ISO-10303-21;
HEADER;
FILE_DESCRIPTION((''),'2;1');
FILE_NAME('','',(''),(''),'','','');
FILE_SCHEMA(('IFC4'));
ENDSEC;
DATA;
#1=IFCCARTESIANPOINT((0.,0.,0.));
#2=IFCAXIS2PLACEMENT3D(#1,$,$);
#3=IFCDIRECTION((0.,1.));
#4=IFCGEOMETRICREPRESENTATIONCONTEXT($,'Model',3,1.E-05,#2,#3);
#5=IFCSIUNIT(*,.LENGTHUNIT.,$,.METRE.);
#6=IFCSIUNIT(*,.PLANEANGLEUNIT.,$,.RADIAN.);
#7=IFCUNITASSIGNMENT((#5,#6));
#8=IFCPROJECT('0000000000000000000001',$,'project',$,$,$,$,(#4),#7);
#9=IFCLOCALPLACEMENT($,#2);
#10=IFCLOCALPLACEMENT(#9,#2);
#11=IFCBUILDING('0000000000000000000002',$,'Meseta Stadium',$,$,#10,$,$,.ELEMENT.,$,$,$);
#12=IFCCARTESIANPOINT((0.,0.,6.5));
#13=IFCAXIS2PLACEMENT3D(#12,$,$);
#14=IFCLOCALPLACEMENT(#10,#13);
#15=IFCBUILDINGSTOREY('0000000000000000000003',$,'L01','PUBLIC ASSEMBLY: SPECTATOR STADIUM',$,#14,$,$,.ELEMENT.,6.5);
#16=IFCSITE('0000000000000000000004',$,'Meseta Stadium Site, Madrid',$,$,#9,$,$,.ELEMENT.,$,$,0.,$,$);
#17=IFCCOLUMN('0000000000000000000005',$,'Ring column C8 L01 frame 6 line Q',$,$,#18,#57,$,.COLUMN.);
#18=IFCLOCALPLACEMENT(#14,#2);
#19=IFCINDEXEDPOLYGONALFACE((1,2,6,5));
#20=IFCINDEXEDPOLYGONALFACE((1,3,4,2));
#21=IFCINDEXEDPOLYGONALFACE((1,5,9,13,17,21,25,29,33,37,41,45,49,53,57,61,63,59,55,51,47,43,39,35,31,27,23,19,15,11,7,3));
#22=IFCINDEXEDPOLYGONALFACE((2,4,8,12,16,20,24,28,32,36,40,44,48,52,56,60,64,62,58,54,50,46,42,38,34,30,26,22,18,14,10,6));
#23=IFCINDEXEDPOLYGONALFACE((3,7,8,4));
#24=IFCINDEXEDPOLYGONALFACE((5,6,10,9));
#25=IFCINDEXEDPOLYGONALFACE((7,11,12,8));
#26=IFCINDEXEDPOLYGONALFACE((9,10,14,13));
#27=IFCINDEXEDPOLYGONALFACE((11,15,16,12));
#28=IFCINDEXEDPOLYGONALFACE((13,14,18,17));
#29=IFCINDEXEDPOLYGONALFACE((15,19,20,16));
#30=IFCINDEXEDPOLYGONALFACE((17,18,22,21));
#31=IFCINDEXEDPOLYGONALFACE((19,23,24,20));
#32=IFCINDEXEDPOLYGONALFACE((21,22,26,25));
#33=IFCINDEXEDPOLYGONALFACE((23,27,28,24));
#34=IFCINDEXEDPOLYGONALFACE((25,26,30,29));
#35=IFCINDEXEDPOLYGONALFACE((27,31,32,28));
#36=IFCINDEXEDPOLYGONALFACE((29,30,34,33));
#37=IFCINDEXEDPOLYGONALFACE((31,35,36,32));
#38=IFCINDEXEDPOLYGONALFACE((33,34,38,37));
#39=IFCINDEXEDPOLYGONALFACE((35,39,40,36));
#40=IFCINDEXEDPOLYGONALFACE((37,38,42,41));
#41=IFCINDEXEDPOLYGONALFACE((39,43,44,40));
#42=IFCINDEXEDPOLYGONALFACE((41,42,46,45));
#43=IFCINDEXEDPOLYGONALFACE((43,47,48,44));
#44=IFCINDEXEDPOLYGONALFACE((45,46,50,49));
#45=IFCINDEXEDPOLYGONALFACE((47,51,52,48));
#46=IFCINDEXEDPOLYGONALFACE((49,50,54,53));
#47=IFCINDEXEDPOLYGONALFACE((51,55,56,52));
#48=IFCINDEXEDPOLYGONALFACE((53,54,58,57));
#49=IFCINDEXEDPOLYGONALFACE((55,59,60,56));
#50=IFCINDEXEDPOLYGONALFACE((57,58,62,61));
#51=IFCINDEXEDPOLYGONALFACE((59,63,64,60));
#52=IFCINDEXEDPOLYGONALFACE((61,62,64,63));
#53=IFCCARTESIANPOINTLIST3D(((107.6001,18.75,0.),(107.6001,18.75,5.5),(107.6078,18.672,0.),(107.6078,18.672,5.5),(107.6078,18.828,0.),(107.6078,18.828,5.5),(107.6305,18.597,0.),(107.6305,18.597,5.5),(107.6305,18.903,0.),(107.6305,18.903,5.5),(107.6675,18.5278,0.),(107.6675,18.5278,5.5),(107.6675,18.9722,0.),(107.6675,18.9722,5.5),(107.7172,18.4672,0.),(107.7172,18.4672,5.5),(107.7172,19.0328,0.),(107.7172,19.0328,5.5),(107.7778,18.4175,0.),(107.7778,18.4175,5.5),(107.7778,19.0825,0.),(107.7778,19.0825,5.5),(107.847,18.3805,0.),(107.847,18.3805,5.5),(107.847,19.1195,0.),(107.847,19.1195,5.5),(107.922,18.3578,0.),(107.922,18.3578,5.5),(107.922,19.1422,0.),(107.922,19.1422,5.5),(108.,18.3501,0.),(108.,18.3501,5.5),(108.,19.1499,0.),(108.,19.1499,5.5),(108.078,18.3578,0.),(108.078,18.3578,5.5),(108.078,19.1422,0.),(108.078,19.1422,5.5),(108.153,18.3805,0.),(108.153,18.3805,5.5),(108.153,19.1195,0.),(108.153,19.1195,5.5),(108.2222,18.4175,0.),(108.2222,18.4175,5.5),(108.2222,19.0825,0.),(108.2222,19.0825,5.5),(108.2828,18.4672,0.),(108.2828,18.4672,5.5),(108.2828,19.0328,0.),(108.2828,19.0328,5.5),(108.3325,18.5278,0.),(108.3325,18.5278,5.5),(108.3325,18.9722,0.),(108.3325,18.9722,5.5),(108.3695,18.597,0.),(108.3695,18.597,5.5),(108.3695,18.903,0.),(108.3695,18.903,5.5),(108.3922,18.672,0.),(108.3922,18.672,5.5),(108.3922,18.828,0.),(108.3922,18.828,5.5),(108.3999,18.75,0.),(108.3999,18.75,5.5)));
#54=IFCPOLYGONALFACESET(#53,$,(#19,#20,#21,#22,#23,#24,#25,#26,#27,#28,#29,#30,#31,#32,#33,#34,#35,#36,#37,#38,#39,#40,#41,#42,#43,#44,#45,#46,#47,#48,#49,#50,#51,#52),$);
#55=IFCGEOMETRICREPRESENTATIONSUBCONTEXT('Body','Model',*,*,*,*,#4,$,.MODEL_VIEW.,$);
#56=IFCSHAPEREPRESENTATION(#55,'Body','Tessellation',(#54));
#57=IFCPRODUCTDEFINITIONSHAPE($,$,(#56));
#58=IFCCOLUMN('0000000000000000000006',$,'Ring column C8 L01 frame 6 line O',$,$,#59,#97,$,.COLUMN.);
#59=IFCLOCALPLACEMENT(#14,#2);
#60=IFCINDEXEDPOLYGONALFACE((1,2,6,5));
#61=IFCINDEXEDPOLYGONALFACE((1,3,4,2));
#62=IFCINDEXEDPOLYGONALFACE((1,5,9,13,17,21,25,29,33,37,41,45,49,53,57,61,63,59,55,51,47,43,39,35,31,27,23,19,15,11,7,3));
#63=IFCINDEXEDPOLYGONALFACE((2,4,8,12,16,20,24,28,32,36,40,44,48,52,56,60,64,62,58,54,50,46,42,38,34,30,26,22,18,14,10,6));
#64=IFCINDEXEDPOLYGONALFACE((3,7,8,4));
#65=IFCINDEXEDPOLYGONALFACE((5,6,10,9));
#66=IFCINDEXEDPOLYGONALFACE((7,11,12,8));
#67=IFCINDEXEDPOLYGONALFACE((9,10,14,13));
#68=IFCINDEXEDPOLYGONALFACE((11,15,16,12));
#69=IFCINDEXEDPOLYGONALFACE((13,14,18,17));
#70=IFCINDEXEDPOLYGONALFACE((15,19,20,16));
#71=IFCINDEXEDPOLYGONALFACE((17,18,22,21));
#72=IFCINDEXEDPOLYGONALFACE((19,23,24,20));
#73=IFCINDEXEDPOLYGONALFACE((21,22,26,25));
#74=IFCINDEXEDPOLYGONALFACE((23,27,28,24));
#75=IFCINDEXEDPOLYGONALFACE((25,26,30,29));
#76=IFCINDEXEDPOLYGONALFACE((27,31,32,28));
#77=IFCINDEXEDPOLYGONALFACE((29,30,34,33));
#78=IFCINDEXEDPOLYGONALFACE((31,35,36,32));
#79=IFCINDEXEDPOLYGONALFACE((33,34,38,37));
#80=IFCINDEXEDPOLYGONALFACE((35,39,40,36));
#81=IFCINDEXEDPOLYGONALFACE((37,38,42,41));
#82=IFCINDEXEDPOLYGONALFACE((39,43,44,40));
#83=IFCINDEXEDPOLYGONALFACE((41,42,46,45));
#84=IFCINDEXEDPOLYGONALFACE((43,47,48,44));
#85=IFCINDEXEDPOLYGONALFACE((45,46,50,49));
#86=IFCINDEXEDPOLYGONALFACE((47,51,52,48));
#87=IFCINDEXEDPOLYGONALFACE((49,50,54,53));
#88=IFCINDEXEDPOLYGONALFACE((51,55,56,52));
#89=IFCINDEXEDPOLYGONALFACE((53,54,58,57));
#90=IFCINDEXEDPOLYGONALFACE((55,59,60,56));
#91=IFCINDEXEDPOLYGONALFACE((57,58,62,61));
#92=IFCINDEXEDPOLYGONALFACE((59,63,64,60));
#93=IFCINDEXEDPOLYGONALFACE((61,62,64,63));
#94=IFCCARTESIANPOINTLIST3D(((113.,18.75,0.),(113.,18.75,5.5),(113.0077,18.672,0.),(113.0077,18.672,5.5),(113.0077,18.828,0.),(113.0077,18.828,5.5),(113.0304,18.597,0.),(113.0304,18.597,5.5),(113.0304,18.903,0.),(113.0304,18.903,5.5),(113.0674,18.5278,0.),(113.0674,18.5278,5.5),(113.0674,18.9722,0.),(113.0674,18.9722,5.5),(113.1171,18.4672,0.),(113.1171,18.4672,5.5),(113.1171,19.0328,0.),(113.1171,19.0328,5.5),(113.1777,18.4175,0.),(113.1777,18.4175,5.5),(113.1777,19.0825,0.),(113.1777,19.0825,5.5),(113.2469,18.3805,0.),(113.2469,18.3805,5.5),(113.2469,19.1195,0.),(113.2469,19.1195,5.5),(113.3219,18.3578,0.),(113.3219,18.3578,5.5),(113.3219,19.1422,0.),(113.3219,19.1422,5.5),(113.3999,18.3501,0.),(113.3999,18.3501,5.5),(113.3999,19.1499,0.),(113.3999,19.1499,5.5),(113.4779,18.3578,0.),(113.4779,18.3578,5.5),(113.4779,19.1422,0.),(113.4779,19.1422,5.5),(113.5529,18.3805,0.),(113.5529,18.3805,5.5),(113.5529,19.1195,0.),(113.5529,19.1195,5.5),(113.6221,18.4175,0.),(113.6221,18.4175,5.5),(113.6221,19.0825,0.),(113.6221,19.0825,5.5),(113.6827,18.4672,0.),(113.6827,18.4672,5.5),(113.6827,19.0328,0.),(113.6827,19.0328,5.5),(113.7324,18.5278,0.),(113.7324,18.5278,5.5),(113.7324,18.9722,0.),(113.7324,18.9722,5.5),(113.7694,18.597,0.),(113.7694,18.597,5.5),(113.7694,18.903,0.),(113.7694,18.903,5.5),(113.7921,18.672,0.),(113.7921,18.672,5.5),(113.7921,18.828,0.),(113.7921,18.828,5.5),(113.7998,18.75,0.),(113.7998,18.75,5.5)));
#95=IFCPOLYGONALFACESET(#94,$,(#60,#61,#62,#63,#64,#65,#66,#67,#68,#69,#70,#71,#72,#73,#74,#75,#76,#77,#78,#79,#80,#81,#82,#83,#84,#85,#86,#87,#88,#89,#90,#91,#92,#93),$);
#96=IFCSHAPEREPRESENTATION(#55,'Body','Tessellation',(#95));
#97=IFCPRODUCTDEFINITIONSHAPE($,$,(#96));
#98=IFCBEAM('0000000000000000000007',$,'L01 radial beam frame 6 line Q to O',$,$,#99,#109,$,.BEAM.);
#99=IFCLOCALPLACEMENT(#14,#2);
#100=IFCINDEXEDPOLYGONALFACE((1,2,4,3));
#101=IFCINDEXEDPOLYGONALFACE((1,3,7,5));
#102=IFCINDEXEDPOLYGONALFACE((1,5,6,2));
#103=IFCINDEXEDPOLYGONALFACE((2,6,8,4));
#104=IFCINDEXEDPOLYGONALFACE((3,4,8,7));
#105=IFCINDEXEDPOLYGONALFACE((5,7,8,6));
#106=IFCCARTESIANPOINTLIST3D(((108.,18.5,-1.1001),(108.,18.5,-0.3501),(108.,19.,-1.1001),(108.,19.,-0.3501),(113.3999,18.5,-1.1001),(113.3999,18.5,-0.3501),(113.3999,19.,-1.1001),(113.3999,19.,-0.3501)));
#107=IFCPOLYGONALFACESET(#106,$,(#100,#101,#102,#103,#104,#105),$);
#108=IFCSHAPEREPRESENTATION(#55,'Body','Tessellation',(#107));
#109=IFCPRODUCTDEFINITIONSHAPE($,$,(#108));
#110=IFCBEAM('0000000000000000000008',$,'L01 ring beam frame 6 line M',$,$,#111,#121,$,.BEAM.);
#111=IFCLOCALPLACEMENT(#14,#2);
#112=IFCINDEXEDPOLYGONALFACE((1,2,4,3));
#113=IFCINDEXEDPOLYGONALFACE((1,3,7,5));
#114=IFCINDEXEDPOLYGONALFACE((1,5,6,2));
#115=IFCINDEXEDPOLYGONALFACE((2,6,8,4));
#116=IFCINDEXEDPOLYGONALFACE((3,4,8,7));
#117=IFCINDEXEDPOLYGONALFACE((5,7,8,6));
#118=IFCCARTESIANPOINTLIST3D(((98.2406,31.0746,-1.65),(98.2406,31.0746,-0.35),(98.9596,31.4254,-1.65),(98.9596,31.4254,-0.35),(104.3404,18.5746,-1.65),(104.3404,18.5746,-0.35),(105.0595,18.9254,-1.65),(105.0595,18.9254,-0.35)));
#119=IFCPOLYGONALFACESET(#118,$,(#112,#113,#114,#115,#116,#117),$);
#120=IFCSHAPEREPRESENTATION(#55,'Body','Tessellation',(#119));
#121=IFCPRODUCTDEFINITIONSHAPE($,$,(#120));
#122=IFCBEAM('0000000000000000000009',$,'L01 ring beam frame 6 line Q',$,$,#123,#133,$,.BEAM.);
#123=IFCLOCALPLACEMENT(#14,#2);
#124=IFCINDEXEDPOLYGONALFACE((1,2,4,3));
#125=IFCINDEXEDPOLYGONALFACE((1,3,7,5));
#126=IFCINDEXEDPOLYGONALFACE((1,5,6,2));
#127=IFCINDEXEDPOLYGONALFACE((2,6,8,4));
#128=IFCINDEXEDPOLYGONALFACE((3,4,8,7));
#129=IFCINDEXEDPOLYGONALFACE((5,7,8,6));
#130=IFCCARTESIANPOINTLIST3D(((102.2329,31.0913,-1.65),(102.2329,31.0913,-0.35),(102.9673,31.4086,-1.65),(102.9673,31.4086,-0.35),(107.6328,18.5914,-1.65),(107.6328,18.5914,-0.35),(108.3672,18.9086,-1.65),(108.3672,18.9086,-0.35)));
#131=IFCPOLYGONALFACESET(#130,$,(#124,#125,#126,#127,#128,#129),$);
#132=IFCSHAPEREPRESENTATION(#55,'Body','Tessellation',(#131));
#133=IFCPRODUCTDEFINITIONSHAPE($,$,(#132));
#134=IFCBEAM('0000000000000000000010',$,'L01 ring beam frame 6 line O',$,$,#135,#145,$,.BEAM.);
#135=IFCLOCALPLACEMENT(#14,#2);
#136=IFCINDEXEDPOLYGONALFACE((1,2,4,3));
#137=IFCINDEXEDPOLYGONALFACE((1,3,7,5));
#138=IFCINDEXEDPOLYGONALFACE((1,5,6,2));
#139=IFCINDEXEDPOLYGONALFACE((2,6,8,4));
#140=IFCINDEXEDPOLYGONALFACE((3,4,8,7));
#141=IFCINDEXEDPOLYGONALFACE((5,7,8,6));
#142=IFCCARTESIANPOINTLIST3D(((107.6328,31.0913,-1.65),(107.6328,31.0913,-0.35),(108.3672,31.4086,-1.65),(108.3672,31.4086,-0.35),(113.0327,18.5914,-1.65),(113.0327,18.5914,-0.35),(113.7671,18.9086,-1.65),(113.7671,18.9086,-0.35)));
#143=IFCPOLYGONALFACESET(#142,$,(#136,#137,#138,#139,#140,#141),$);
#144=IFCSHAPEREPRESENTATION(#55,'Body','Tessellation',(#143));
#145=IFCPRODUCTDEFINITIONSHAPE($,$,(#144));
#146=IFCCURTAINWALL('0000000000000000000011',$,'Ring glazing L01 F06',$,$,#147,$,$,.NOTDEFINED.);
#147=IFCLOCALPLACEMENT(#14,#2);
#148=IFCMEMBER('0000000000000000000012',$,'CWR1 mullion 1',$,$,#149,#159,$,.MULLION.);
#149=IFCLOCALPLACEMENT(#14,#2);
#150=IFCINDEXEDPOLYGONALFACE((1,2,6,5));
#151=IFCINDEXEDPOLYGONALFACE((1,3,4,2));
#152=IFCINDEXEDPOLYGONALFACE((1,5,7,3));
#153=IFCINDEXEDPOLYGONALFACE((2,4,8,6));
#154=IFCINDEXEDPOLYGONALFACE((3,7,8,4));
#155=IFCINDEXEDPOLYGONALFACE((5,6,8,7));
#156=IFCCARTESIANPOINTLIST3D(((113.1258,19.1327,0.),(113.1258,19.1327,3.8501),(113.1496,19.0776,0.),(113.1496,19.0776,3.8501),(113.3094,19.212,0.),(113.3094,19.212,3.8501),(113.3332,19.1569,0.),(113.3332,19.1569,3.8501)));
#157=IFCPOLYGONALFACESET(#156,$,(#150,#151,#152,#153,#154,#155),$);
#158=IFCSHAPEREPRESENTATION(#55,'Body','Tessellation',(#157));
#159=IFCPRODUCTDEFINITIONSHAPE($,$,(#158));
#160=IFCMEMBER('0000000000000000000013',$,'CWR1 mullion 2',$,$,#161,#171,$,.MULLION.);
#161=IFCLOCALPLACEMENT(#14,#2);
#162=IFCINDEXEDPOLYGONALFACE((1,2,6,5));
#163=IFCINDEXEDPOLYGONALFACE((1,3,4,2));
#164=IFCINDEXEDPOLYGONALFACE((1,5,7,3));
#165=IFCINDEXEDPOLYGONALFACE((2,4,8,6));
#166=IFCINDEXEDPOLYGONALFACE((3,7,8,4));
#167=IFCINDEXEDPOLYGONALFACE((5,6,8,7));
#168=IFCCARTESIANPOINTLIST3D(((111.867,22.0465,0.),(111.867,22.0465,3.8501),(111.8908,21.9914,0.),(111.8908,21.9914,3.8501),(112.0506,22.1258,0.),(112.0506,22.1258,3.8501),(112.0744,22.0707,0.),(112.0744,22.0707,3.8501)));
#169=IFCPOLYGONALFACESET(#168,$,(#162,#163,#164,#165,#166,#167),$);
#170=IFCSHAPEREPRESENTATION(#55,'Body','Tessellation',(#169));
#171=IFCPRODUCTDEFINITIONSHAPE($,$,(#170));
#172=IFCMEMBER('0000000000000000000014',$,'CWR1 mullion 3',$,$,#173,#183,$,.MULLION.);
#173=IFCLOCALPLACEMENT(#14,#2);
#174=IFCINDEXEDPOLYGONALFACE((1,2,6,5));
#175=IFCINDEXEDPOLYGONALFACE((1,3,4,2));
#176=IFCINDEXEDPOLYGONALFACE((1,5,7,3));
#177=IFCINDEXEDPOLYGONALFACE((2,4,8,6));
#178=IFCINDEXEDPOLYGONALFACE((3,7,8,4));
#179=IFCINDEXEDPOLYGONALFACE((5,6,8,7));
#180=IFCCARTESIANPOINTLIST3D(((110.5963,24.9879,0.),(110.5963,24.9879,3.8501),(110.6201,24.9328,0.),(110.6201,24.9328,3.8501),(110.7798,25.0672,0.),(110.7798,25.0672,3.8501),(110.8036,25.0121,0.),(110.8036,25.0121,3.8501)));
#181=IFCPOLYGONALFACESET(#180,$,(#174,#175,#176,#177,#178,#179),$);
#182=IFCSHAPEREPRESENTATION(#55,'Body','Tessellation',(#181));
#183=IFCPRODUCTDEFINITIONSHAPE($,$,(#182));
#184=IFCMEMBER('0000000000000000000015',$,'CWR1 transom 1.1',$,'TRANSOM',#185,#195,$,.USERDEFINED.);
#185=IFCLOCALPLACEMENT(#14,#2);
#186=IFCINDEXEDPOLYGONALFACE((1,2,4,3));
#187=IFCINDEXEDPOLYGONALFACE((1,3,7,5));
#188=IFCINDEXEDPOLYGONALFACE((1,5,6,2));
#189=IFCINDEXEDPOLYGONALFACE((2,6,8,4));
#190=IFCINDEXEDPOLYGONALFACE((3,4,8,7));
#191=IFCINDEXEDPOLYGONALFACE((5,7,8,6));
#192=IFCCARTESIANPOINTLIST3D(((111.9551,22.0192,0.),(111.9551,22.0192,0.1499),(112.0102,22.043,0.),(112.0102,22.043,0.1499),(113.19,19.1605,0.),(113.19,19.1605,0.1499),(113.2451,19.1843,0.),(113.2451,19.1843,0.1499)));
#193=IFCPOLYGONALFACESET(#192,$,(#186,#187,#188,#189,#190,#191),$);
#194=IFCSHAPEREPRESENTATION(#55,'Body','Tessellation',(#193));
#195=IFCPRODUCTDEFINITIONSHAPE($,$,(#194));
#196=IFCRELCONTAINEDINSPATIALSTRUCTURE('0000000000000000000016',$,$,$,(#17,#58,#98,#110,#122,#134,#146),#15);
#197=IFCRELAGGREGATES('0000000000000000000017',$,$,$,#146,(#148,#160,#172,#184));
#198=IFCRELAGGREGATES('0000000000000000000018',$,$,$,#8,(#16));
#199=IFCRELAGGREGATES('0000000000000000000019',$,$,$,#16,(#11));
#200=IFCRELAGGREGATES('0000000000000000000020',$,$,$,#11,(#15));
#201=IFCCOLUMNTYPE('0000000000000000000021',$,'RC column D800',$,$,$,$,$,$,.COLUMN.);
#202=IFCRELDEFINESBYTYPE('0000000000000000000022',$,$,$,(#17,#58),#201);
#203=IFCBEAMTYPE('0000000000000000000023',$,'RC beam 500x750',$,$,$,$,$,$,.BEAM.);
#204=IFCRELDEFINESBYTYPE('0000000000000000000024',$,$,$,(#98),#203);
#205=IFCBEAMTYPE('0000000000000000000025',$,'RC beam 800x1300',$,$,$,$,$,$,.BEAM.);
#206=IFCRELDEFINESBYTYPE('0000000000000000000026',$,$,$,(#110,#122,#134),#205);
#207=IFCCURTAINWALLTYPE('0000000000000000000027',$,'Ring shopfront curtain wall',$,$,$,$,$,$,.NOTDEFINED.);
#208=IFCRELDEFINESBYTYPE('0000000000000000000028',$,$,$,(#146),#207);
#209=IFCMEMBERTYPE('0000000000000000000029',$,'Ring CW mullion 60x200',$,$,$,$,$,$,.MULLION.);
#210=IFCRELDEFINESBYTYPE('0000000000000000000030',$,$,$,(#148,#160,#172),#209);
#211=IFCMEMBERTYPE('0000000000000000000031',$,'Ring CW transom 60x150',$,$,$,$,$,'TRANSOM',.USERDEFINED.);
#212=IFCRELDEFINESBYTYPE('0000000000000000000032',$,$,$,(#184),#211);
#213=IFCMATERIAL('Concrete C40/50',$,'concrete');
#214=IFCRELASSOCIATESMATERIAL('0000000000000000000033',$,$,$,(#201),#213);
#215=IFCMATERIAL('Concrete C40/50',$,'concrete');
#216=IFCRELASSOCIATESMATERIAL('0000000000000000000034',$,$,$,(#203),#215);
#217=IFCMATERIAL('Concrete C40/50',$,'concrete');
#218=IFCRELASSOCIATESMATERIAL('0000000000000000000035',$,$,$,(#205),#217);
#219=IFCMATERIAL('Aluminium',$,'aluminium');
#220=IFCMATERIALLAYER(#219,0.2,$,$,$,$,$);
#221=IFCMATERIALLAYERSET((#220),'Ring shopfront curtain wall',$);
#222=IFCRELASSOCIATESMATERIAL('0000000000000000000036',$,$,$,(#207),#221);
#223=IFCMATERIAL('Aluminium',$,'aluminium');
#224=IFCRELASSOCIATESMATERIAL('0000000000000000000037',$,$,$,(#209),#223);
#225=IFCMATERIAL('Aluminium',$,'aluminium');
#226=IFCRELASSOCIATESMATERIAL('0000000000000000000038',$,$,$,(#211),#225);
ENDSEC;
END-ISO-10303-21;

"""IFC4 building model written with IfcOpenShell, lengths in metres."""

from ifc_helpers import new_model, si_unit, direction, frame, origin, origin_2d, place, context, subcontext, project, spatial, rectangle, circle, extrude, material, layer, layer_set, material_profile, profile_set, type_object, element, aggregate, save


model = new_model("IFC4")

# Units and contexts
model_context = context("Model", 3, precision=1e-05, world=origin(), true_north=direction((0.0, 1.0)))
body_context = subcontext(model_context, "Body", "Model", "MODEL_VIEW")
ifc_project = project(units=[si_unit("LENGTHUNIT", "METRE"), si_unit("PLANEANGLEUNIT", "RADIAN")], contexts=[model_context])

# Site, building, storey
site_placement = place(None, origin())
site = spatial("IfcSite", under=ifc_project, at=site_placement, Name="Meseta Stadium Site, Madrid", CompositionType="ELEMENT", RefElevation=0.0)
building_placement = place(site_placement, origin())
building = spatial("IfcBuilding", under=site, at=building_placement, Name="Meseta Stadium", CompositionType="ELEMENT")
storey_placement = place(building_placement, frame((0.0, 0.0, 6.5)))
storey = spatial("IfcBuildingStorey", under=building, at=storey_placement, Name="L01", Description="PUBLIC ASSEMBLY: SPECTATOR STADIUM", CompositionType="ELEMENT", Elevation=6.5)

# Columns
ifc_material_1 = material(Name="Concrete C40/50", Category="concrete")
ifc_material_profile_1 = material_profile(ifc_material_1, circle(Radius=0.3999, at=origin_2d()), Name="RC D800")
ifc_profile_set_1 = profile_set([ifc_material_profile_1], Name="Concrete C40/50")
column_type = type_object("IfcColumnType", Name="RC column D800", PredefinedType="COLUMN", material=ifc_profile_set_1)
for number, where, z_axis, x_axis, name in (
    (1, (108.0, 18.75, 0.0), (0.0, 0.0, 1.0), (1.0, 0.0, 0.0), "Ring column C8 L01 frame 6 line Q"),
    (2, (113.3999, 18.75, 0.0), (0.0, 0.0, 1.0), (1.0, 0.0, 0.0), "Ring column C8 L01 frame 6 line O"),
):
    element("IfcColumn", number, at=place(storey_placement, frame(where, z_axis=z_axis, x_axis=x_axis)), inside=storey, type_object=column_type, Name=name, PredefinedType="COLUMN", context=body_context, shape_type="SweptSolid", body=[
        extrude(circle(Radius=0.3999, at=origin_2d()), origin(), (0.0, 0.0, 1.0), 5.5),
    ])

# Beams
ifc_material_2 = material(Name="Concrete C40/50", Category="concrete")
ifc_material_profile_2 = material_profile(ifc_material_2, rectangle(XDim=0.5, YDim=0.75, at=origin_2d()), Name="RC 500x750")
ifc_profile_set_2 = profile_set([ifc_material_profile_2], Name="Concrete C40/50")
beam_type_1 = type_object("IfcBeamType", Name="RC beam 500x750", PredefinedType="BEAM", material=ifc_profile_set_2)
beam_1_placement = place(storey_placement, frame((108.0, 18.75, -0.7251), z_axis=(1.0, 0.0, 0.0), x_axis=(0.0, 1.0, 0.0)))
element("IfcBeam", 3, at=beam_1_placement, inside=storey, type_object=beam_type_1, Name="L01 radial beam frame 6 line Q to O", PredefinedType="BEAM", context=body_context, shape_type="SweptSolid", body=[
    extrude(rectangle(XDim=0.5, YDim=0.75, at=origin_2d()), origin(), (0.0, 0.0, 1.0), 5.3999),
])
ifc_material_3 = material(Name="Concrete C40/50", Category="concrete")
ifc_material_profile_3 = material_profile(ifc_material_3, rectangle(XDim=0.8, YDim=1.3, at=origin_2d()), Name="RC 800x1300")
ifc_profile_set_3 = profile_set([ifc_material_profile_3], Name="Concrete C40/50")
beam_type_2 = type_object("IfcBeamType", Name="RC beam 800x1300", PredefinedType="BEAM", material=ifc_profile_set_3)
beam_2_placement = place(storey_placement, frame((104.7, 18.75, -1.0), z_axis=(-0.438557, 0.898703, 0.0), x_axis=(-0.898703, -0.438557, 0.0)))
element("IfcBeam", 4, at=beam_2_placement, inside=storey, type_object=beam_type_2, Name="L01 ring beam frame 6 line M", PredefinedType="BEAM", context=body_context, shape_type="SweptSolid", body=[
    extrude(rectangle(XDim=0.8, YDim=1.3, at=origin_2d()), origin(), (0.0, 0.0, 1.0), 13.9089),
])
for number, where, z_axis, x_axis, name in (
    (5, (108.0, 18.75, -1.0), (-0.396571, 0.918004, 0.0), (-0.918004, -0.396571, 0.0), "L01 ring beam frame 6 line Q"),
    (6, (113.3999, 18.75, -1.0), (-0.396571, 0.918004, 0.0), (-0.918004, -0.396571, 0.0), "L01 ring beam frame 6 line O"),
):
    element("IfcBeam", number, at=place(storey_placement, frame(where, z_axis=z_axis, x_axis=x_axis)), inside=storey, type_object=beam_type_2, Name=name, PredefinedType="BEAM", context=body_context, shape_type="SweptSolid", body=[
        extrude(rectangle(XDim=0.8, YDim=1.3, at=origin_2d()), origin(), (0.0, 0.0, 1.0), 13.6165),
    ])

# Curtain wall, members
ifc_material_4 = material(Name="Aluminium", Category="aluminium")
ifc_layer_1 = layer(ifc_material_4, 0.2)
ifc_layer_set_1 = layer_set([ifc_layer_1], Name="Ring shopfront curtain wall")
curtain_wall_type = type_object("IfcCurtainWallType", Name="Ring shopfront curtain wall", PredefinedType="NOTDEFINED", material=ifc_layer_set_1)
curtain_wall_placement = place(storey_placement, origin())
curtain_wall = element("IfcCurtainWall", 7, at=curtain_wall_placement, inside=storey, type_object=curtain_wall_type, Name="Ring glazing L01 F06", PredefinedType="NOTDEFINED")
ifc_material_5 = material(Name="Aluminium", Category="aluminium")
ifc_material_profile_4 = material_profile(ifc_material_5, rectangle(XDim=0.2, YDim=0.0601, at=origin_2d()), Name="CW 200x60")
ifc_profile_set_4 = profile_set([ifc_material_profile_4], Name="Aluminium")
member_type_1 = type_object("IfcMemberType", Name="Ring CW mullion 60x200", PredefinedType="MULLION", material=ifc_profile_set_4)
member_1_placement = place(storey_placement, frame((113.2295, 19.1448, 0.0), z_axis=(0.0, 0.0, 1.0), x_axis=(-0.918, -0.396581, 0.0)))
member_1 = element("IfcMember", 8, at=member_1_placement, type_object=member_type_1, Name="CWR1 mullion 1", PredefinedType="MULLION", context=body_context, shape_type="SweptSolid", body=[
    extrude(rectangle(XDim=0.2, YDim=0.0601, at=origin_2d()), origin(), (0.0, 0.0, 1.0), 3.8501),
])
member_2_placement = place(storey_placement, frame((111.9707, 22.0586, 0.0), z_axis=(0.0, 0.0, 1.0), x_axis=(-0.918, -0.396581, 0.0)))
member_2 = element("IfcMember", 9, at=member_2_placement, type_object=member_type_1, Name="CWR1 mullion 2", PredefinedType="MULLION", context=body_context, shape_type="SweptSolid", body=[
    extrude(rectangle(XDim=0.2, YDim=0.0601, at=origin_2d()), origin(), (0.0, 0.0, 1.0), 3.8501),
])
member_3_placement = place(storey_placement, frame((110.7, 25.0, 0.0), z_axis=(0.0, 0.0, 1.0), x_axis=(-0.918, -0.396581, 0.0)))
member_3 = element("IfcMember", 10, at=member_3_placement, type_object=member_type_1, Name="CWR1 mullion 3", PredefinedType="MULLION", context=body_context, shape_type="SweptSolid", body=[
    extrude(rectangle(XDim=0.2, YDim=0.0601, at=origin_2d()), origin(), (0.0, 0.0, 1.0), 3.8501),
])
ifc_material_6 = material(Name="Aluminium", Category="aluminium")
ifc_material_profile_5 = material_profile(ifc_material_6, rectangle(XDim=0.0601, YDim=0.1499, at=origin_2d()), Name="CW 60x150")
ifc_profile_set_5 = profile_set([ifc_material_profile_5], Name="Aluminium")
member_type_2 = type_object("IfcMemberType", Name="Ring CW transom 60x150", ElementType="TRANSOM", PredefinedType="USERDEFINED", material=ifc_profile_set_5)
member_4_placement = place(storey_placement, frame((113.2175, 19.1724, 0.075), z_axis=(-0.396558, 0.91801, 0.0), x_axis=(-0.91801, -0.396558, 0.0)))
member_4 = element("IfcMember", 11, at=member_4_placement, type_object=member_type_2, Name="CWR1 transom 1.1", ObjectType="TRANSOM", PredefinedType="USERDEFINED", context=body_context, shape_type="SweptSolid", body=[
    extrude(rectangle(XDim=0.0601, YDim=0.1499, at=origin_2d()), origin(), (0.0, 0.0, 1.0), 3.114),
])

aggregate(curtain_wall, [member_1, member_2, member_3, member_4])

save(model, "model.ifc")
